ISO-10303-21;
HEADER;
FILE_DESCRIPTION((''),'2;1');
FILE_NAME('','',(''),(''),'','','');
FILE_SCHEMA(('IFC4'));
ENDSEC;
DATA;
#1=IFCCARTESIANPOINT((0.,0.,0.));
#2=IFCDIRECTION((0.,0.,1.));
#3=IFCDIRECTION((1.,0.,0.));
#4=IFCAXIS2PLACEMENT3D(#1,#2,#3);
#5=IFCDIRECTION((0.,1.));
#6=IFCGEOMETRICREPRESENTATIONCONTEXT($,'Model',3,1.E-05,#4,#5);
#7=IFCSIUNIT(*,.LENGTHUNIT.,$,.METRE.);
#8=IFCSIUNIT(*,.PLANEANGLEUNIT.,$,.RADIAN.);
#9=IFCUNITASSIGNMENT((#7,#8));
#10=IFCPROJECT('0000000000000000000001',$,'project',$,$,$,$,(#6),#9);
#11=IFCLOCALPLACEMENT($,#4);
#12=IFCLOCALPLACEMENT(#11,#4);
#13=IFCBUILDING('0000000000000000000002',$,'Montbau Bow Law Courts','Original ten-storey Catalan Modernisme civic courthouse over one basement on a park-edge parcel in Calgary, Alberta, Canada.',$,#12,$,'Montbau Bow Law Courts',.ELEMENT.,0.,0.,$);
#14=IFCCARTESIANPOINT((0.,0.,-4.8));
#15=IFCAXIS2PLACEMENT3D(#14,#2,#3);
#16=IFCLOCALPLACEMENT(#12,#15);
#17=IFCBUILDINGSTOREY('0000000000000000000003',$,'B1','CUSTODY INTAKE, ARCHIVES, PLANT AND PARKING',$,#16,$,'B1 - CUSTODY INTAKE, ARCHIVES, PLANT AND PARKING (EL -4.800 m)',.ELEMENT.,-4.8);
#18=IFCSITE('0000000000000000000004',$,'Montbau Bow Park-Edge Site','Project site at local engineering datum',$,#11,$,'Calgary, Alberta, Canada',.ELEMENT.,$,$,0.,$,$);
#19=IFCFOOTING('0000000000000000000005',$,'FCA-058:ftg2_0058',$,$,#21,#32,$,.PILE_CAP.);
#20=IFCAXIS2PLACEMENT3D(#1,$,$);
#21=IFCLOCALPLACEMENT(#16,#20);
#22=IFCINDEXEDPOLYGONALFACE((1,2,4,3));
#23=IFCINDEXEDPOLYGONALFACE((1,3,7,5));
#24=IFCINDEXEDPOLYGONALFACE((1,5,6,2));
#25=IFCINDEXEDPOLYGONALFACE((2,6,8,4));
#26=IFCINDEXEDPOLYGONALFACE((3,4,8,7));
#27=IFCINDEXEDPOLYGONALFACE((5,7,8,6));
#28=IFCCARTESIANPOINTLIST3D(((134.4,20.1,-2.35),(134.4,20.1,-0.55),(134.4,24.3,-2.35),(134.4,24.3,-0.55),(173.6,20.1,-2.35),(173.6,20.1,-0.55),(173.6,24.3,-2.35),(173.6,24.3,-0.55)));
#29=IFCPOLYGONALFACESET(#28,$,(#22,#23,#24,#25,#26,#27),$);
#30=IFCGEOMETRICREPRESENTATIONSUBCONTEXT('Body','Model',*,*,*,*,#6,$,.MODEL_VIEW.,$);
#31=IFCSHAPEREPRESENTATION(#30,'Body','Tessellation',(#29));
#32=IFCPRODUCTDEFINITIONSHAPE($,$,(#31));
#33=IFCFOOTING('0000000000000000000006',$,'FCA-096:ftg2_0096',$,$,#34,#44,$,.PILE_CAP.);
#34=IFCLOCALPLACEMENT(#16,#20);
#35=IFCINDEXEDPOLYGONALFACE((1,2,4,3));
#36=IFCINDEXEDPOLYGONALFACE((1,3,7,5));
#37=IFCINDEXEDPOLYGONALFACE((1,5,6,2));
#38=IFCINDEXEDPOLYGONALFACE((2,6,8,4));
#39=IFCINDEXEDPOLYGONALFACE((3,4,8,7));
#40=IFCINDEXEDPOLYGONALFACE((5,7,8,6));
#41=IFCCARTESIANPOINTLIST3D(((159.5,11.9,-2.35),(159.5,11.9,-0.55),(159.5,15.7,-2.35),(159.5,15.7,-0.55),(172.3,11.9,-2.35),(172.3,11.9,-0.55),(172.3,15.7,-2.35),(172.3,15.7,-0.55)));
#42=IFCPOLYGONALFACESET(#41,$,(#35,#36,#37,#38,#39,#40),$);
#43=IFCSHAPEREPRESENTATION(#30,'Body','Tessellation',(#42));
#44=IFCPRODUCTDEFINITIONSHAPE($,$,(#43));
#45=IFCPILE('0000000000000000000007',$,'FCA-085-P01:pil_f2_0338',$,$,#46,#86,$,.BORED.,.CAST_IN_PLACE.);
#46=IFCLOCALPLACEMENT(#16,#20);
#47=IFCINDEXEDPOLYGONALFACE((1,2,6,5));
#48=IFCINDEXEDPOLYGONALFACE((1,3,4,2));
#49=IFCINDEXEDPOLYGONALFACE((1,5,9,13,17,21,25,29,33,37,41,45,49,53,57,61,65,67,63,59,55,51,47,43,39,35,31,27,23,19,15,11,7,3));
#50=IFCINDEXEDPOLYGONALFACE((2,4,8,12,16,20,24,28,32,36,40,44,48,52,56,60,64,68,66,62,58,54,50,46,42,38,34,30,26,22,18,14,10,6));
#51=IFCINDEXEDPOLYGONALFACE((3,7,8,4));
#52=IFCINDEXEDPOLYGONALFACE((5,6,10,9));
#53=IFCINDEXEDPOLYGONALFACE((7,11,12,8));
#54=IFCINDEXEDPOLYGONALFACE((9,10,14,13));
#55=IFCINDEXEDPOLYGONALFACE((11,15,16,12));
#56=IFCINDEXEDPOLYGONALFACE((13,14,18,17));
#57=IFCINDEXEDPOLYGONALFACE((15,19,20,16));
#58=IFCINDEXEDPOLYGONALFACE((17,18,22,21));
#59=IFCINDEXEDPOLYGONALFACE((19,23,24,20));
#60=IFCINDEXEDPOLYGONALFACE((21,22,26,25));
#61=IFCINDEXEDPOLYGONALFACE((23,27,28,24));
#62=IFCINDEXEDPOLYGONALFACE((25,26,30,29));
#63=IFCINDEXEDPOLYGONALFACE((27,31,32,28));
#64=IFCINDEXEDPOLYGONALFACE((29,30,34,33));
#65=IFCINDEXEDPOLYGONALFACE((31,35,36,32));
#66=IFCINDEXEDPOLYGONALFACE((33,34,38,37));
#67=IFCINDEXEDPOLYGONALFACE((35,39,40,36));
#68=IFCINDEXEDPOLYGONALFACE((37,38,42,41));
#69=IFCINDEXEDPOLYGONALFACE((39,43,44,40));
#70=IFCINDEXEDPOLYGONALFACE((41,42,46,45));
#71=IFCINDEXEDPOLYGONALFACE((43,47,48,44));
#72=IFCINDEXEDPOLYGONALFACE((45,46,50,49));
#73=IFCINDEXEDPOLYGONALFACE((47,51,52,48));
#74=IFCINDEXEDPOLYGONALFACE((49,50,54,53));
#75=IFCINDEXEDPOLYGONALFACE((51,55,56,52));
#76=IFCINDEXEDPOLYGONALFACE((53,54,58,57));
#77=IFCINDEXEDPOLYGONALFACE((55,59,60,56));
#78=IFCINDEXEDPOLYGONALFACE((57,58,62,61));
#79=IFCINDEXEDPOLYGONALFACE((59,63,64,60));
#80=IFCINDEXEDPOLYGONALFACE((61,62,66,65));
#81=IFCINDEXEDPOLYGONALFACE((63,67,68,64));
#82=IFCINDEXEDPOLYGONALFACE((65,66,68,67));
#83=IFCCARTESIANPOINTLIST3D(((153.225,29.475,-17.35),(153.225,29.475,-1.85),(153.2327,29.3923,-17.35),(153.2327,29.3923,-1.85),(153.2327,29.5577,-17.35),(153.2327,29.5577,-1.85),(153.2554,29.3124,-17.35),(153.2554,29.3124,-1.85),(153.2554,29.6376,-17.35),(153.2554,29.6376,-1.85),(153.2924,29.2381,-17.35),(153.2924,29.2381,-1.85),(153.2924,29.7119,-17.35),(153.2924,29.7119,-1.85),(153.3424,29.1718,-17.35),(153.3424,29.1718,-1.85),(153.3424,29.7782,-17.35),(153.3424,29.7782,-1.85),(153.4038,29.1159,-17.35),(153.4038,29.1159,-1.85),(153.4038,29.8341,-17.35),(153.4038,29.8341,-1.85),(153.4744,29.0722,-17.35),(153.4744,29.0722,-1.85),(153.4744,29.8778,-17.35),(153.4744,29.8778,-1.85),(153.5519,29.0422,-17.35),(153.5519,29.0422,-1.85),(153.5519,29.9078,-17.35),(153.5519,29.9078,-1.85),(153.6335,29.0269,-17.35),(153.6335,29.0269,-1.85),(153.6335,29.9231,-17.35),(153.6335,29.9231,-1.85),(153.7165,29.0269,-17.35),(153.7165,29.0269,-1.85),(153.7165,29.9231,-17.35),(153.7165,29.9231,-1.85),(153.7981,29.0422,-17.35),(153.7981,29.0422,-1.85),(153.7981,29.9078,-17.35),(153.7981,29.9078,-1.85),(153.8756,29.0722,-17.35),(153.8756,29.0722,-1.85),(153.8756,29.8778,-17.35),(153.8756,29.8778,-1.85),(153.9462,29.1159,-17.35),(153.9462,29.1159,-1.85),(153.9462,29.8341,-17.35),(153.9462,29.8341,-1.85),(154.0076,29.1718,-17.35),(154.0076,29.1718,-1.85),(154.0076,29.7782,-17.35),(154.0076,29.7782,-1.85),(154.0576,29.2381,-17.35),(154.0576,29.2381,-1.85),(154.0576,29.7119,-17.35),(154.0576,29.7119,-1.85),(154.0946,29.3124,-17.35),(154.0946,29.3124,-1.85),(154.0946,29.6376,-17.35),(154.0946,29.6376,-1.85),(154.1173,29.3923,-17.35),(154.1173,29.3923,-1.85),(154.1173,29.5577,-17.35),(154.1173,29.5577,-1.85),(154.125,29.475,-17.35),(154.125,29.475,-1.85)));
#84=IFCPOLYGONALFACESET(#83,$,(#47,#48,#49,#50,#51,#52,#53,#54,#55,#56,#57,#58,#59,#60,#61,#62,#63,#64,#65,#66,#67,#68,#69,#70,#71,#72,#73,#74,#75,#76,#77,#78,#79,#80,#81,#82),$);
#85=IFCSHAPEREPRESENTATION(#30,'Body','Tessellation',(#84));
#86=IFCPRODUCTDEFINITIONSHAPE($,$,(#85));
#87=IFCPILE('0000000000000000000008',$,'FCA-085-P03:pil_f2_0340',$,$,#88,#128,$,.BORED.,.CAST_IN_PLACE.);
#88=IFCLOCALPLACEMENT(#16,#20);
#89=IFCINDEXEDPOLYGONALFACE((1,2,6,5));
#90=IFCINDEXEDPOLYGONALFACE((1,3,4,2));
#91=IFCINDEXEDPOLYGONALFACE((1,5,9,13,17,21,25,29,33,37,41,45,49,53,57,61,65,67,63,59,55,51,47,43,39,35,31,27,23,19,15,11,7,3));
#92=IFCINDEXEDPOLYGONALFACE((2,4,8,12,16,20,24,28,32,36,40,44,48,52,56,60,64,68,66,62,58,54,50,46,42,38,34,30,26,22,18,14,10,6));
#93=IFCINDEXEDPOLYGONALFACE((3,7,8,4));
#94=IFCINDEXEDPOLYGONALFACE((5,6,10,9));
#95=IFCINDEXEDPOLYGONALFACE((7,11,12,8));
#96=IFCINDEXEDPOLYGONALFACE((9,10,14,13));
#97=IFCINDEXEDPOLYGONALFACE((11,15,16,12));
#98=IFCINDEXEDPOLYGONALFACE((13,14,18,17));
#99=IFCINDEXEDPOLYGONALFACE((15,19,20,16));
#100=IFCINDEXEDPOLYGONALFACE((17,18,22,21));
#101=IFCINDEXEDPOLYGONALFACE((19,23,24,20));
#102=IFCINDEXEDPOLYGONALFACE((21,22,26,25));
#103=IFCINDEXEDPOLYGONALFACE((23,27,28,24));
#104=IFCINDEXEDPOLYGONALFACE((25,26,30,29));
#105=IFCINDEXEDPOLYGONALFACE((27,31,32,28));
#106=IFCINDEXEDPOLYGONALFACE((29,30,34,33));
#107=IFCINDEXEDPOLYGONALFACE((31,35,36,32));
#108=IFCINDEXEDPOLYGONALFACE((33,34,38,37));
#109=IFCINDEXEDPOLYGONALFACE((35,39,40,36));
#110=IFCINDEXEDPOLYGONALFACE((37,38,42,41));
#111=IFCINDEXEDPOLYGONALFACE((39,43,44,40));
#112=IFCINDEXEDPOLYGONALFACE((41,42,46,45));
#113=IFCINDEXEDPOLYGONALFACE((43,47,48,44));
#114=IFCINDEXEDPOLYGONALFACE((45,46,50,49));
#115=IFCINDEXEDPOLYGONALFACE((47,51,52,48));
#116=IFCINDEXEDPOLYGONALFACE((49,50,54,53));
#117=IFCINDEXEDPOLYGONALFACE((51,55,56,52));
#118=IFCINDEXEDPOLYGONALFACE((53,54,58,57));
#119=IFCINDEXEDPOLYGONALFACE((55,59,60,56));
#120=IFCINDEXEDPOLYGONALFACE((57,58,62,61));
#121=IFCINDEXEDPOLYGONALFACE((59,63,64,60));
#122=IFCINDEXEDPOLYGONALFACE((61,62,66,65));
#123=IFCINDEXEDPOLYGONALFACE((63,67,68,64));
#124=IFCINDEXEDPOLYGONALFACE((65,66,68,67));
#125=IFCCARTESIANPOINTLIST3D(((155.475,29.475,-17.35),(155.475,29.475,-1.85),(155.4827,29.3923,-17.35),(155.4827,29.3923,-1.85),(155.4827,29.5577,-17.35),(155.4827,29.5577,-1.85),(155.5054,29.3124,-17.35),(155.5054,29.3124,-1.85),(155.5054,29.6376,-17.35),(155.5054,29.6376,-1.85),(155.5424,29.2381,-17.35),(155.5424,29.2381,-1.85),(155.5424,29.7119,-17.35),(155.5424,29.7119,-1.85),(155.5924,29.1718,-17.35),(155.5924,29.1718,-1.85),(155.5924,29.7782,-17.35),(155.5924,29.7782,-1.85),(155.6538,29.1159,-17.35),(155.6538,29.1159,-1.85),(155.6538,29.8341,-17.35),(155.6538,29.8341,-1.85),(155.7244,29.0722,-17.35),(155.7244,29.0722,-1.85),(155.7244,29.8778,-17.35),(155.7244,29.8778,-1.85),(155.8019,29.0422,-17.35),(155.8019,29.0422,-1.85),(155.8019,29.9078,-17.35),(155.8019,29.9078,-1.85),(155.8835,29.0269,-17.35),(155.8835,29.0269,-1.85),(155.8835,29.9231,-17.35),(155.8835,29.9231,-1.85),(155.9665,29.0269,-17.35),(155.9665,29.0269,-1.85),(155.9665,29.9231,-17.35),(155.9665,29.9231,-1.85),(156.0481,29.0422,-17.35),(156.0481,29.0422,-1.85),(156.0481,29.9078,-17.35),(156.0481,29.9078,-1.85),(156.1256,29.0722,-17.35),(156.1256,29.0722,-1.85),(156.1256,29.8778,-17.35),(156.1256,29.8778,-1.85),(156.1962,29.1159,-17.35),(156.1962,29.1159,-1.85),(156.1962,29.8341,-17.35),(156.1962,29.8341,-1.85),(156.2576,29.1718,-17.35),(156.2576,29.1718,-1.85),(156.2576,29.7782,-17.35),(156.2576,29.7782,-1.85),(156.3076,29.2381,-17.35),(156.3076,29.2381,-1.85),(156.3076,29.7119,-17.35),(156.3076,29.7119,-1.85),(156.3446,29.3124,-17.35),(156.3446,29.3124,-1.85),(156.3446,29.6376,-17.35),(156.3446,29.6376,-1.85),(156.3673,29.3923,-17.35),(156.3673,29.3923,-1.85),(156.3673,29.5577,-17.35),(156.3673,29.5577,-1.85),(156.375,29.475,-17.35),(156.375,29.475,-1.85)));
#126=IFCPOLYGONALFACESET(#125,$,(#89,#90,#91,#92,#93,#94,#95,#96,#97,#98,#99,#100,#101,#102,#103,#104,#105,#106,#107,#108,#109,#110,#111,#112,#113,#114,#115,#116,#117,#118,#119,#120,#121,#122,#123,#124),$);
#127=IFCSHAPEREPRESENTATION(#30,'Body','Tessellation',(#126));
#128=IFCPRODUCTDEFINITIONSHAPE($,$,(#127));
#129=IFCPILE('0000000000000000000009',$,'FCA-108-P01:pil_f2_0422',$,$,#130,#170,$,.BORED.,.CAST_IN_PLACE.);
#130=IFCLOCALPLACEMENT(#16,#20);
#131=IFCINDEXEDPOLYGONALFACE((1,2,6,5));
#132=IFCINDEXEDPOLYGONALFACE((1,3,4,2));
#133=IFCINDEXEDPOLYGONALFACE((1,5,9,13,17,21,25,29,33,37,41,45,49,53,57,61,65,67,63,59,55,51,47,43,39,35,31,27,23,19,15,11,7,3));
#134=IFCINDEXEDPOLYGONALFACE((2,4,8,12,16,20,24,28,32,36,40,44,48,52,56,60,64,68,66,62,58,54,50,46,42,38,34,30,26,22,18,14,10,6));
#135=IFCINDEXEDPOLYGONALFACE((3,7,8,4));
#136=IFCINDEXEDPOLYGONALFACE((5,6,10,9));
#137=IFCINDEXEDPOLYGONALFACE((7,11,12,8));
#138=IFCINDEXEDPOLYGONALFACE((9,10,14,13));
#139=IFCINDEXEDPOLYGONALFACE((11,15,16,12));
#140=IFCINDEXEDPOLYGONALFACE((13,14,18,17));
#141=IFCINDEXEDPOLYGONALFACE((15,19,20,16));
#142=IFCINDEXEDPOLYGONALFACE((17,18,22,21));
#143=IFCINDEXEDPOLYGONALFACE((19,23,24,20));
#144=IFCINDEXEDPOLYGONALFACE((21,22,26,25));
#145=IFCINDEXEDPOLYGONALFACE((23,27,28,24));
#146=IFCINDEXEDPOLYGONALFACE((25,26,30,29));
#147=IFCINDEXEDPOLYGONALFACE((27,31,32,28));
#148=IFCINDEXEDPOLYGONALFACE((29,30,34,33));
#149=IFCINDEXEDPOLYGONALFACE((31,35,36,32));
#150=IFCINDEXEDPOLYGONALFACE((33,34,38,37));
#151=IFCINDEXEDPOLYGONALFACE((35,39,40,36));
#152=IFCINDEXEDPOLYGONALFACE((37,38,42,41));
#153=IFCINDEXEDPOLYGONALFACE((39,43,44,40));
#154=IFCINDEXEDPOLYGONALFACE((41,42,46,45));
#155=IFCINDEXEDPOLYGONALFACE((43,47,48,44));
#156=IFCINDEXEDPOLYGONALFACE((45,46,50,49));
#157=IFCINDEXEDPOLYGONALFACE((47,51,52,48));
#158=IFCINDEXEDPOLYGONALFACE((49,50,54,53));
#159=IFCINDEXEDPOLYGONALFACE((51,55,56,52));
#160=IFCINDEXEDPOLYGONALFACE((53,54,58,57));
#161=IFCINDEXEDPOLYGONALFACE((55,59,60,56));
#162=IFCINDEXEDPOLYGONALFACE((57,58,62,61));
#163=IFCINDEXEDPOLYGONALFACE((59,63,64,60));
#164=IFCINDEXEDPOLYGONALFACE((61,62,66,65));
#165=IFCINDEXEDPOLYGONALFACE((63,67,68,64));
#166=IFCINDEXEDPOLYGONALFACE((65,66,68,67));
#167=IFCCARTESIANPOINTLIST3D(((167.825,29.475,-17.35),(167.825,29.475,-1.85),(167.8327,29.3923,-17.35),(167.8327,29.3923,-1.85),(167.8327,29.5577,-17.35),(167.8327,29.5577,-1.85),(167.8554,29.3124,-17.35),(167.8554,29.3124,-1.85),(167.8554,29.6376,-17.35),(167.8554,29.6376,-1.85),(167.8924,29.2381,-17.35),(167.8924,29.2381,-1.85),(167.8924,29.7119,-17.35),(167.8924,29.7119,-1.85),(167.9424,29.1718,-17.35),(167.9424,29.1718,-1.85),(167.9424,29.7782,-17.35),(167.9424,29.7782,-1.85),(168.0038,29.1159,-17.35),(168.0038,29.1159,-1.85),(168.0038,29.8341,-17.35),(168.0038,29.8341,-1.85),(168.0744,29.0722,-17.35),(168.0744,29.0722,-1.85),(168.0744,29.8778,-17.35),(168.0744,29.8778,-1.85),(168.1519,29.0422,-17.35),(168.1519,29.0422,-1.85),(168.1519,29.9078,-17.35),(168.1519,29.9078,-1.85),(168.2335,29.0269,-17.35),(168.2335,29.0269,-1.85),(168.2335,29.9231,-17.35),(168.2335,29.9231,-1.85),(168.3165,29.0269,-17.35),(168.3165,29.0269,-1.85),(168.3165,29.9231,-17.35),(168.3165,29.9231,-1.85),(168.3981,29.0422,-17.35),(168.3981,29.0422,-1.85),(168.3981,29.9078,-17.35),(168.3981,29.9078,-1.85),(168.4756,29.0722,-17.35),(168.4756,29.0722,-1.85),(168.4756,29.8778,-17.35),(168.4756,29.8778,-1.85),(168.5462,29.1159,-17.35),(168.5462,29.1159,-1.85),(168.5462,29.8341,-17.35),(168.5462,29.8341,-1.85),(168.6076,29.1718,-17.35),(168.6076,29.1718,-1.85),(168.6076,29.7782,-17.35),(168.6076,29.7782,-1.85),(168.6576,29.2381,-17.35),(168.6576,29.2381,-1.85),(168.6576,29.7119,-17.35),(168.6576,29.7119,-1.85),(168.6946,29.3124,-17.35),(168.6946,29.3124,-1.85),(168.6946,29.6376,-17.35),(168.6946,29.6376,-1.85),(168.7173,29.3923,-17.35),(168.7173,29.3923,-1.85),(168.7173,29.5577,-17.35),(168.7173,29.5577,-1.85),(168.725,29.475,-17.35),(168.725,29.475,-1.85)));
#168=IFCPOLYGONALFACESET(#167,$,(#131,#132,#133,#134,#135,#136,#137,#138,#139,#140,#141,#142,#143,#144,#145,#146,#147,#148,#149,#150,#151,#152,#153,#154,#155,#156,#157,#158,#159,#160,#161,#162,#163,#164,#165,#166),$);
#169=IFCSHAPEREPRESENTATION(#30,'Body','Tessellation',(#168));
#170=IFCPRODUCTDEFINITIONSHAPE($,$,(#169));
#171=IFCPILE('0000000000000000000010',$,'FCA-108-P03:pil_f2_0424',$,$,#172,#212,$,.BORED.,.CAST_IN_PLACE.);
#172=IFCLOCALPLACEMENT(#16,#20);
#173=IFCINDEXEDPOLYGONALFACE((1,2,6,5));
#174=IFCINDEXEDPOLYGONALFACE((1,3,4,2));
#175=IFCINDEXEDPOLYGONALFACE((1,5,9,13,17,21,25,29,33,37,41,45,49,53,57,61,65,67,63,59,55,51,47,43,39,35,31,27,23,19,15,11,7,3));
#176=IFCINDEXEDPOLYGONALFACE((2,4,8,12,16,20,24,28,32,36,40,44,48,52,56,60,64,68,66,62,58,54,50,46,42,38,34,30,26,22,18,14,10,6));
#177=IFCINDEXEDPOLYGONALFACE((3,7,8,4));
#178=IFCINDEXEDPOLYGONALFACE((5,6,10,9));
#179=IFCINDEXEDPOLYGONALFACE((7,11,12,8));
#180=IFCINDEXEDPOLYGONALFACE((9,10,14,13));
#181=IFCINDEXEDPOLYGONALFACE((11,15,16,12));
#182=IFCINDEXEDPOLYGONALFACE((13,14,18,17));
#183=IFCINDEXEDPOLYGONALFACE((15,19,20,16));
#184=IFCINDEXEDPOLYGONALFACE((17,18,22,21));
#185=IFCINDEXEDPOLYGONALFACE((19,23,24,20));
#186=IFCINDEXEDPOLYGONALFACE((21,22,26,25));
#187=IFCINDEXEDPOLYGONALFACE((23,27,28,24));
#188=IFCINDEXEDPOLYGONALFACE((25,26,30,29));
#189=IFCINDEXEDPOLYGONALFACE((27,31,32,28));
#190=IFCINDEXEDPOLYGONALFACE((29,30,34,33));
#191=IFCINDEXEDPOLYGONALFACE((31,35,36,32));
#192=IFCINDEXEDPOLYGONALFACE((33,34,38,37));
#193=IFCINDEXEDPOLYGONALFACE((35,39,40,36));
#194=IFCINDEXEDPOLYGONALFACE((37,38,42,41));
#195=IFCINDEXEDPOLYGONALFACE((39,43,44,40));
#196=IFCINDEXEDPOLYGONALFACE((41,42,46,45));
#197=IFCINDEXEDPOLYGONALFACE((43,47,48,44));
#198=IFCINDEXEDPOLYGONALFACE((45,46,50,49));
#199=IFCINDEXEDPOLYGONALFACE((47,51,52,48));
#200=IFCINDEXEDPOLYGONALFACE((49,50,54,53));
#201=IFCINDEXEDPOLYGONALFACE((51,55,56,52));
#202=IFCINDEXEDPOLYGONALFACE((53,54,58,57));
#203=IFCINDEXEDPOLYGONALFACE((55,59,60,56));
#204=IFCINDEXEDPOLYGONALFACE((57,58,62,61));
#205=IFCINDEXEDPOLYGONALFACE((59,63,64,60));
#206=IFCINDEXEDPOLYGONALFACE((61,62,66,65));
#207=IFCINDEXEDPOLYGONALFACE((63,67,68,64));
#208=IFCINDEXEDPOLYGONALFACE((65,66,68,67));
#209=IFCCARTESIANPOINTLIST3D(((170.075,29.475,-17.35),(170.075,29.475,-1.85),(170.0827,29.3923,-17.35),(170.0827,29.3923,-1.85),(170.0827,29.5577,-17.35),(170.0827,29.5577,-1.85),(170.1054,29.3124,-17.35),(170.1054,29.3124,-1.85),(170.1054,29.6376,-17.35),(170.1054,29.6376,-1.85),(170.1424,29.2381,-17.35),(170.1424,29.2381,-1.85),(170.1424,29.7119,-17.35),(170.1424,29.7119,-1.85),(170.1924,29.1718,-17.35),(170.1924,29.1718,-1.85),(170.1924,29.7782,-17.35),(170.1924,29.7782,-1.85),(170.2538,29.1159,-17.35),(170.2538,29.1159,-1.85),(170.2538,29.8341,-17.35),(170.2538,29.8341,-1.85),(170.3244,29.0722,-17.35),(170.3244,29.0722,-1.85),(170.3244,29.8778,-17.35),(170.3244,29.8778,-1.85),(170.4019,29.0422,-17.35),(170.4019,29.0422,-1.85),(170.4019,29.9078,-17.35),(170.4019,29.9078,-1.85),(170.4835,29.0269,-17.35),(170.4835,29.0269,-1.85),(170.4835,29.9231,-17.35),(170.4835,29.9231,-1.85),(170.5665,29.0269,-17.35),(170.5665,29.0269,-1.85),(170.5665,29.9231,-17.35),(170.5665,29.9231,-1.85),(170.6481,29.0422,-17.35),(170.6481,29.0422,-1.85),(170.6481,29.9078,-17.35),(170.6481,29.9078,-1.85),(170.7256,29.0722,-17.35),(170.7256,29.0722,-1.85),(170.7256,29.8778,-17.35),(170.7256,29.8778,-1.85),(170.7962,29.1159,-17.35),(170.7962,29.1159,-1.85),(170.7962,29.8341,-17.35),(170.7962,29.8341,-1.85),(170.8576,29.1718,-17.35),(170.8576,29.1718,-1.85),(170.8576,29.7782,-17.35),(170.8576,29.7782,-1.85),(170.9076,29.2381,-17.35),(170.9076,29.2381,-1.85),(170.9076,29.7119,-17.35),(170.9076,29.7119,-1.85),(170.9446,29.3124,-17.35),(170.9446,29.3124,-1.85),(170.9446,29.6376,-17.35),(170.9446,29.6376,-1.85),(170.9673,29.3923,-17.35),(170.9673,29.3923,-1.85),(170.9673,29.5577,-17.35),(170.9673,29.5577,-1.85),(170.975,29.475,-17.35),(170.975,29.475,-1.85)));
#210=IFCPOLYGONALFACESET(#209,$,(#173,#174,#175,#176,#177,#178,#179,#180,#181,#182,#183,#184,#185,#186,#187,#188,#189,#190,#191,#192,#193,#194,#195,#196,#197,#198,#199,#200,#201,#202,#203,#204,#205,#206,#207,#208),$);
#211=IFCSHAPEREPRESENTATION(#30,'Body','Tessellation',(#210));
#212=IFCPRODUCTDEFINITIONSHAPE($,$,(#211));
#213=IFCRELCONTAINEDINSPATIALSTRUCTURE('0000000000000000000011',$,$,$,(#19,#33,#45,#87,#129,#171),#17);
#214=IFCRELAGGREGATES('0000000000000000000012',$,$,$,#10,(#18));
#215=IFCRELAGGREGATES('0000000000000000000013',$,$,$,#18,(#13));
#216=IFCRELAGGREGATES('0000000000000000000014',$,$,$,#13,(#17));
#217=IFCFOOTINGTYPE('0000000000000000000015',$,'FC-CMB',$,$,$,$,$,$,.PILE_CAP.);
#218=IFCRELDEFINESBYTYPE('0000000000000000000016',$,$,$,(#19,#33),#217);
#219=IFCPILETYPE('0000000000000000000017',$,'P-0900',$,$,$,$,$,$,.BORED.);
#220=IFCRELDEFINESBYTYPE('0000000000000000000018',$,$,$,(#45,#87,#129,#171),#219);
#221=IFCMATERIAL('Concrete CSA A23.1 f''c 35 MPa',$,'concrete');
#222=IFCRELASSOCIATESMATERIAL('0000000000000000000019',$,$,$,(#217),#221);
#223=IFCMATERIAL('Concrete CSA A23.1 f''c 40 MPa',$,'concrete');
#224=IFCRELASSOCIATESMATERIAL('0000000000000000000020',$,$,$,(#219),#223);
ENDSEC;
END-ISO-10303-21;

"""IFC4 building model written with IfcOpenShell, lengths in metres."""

from ifc_helpers import new_model, si_unit, direction, frame, origin_with_axes, origin_2d_with_axis, place, context, subcontext, project, spatial, rectangle, circle, extrude, material, material_profile, profile_set, type_object, element, save


model = new_model("IFC4")

# Units and contexts
model_context = context("Model", 3, precision=1e-05, world=origin_with_axes(), true_north=direction((0.0, 1.0)))
body_context = subcontext(model_context, "Body", "Model", "MODEL_VIEW")
ifc_project = project(units=[si_unit("LENGTHUNIT", "METRE"), si_unit("PLANEANGLEUNIT", "RADIAN")], contexts=[model_context])

# Site, building, storey
site_placement = place(None, origin_with_axes())
site = spatial("IfcSite", under=ifc_project, at=site_placement, Name="Montbau Bow Park-Edge Site", Description="Project site at local engineering datum", LongName="Calgary, Alberta, Canada", CompositionType="ELEMENT", RefElevation=0.0)
building_placement = place(site_placement, origin_with_axes())
building = spatial("IfcBuilding", under=site, at=building_placement, Name="Montbau Bow Law Courts", Description="Original ten-storey Catalan Modernisme civic courthouse over one basement on a park-edge parcel in Calgary, Alberta, Canada.", LongName="Montbau Bow Law Courts", CompositionType="ELEMENT", ElevationOfRefHeight=0.0, ElevationOfTerrain=0.0)
storey_placement = place(building_placement, frame((0.0, 0.0, -4.8), z_axis=(0.0, 0.0, 1.0), x_axis=(1.0, 0.0, 0.0)))
storey = spatial("IfcBuildingStorey", under=building, at=storey_placement, Name="B1", Description="CUSTODY INTAKE, ARCHIVES, PLANT AND PARKING", LongName="B1 - CUSTODY INTAKE, ARCHIVES, PLANT AND PARKING (EL -4.800 m)", CompositionType="ELEMENT", Elevation=-4.8)

# Footings
ifc_material_1 = material(Name="Concrete CSA A23.1 f'c 35 MPa", Category="concrete")
footing_type_1 = type_object("IfcFootingType", Name="FC-CMB", PredefinedType="PILE_CAP", material=ifc_material_1)
footing_1_placement = place(None, frame((154.0, 22.2, -7.15), z_axis=(0.0, 0.0, 1.0), x_axis=(1.0, 0.0, 0.0)))
element("IfcFooting", 1, at=footing_1_placement, inside=storey, type_object=footing_type_1, Name="FCA-058:ftg2_0058", PredefinedType="PILE_CAP", context=body_context, shape_type="SweptSolid", body=[
    extrude(rectangle(XDim=39.2, YDim=4.2, at=origin_2d_with_axis()), origin_with_axes(), (0.0, 0.0, 1.0), 1.8),
])
footing_2_placement = place(None, frame((165.9, 13.8, -7.15), z_axis=(0.0, 0.0, 1.0), x_axis=(1.0, 0.0, 0.0)))
element("IfcFooting", 2, at=footing_2_placement, inside=storey, type_object=footing_type_1, Name="FCA-096:ftg2_0096", PredefinedType="PILE_CAP", context=body_context, shape_type="SweptSolid", body=[
    extrude(rectangle(XDim=12.8, YDim=3.8, at=origin_2d_with_axis()), origin_with_axes(), (0.0, 0.0, 1.0), 1.8),
])

# Piles
ifc_material_2 = material(Name="Concrete CSA A23.1 f'c 40 MPa", Category="concrete")
ifc_material_profile_1 = material_profile(ifc_material_2, circle(Radius=0.45, at=origin_2d_with_axis()), Name="BP900", Category="Main", Priority=0)
ifc_profile_set_1 = profile_set([ifc_material_profile_1], Name="Concrete CSA A23.1 f'c 40 MPa")
pile_type_1 = type_object("IfcPileType", Name="P-0900", PredefinedType="BORED", material=ifc_profile_set_1)
for number, where, z_axis, x_axis, name in (
    (3, (153.675, 29.475, -22.15), (0.0, 0.0, 1.0), (1.0, 0.0, 0.0), "FCA-085-P01:pil_f2_0338"),
    (4, (155.925, 29.475, -22.15), (0.0, 0.0, 1.0), (1.0, 0.0, 0.0), "FCA-085-P03:pil_f2_0340"),
    (5, (168.275, 29.475, -22.15), (0.0, 0.0, 1.0), (1.0, 0.0, 0.0), "FCA-108-P01:pil_f2_0422"),
    (6, (170.525, 29.475, -22.15), (0.0, 0.0, 1.0), (1.0, 0.0, 0.0), "FCA-108-P03:pil_f2_0424"),
):
    element("IfcPile", number, at=place(None, frame(where, z_axis=z_axis, x_axis=x_axis)), inside=storey, type_object=pile_type_1, Name=name, ConstructionType="CAST_IN_PLACE", PredefinedType="BORED", context=body_context, shape_type="SweptSolid", body=[
        extrude(circle(Radius=0.45, at=origin_2d_with_axis()), origin_with_axes(), (0.0, 0.0, 1.0), 15.5),
    ])

save(model, "model.ifc")
